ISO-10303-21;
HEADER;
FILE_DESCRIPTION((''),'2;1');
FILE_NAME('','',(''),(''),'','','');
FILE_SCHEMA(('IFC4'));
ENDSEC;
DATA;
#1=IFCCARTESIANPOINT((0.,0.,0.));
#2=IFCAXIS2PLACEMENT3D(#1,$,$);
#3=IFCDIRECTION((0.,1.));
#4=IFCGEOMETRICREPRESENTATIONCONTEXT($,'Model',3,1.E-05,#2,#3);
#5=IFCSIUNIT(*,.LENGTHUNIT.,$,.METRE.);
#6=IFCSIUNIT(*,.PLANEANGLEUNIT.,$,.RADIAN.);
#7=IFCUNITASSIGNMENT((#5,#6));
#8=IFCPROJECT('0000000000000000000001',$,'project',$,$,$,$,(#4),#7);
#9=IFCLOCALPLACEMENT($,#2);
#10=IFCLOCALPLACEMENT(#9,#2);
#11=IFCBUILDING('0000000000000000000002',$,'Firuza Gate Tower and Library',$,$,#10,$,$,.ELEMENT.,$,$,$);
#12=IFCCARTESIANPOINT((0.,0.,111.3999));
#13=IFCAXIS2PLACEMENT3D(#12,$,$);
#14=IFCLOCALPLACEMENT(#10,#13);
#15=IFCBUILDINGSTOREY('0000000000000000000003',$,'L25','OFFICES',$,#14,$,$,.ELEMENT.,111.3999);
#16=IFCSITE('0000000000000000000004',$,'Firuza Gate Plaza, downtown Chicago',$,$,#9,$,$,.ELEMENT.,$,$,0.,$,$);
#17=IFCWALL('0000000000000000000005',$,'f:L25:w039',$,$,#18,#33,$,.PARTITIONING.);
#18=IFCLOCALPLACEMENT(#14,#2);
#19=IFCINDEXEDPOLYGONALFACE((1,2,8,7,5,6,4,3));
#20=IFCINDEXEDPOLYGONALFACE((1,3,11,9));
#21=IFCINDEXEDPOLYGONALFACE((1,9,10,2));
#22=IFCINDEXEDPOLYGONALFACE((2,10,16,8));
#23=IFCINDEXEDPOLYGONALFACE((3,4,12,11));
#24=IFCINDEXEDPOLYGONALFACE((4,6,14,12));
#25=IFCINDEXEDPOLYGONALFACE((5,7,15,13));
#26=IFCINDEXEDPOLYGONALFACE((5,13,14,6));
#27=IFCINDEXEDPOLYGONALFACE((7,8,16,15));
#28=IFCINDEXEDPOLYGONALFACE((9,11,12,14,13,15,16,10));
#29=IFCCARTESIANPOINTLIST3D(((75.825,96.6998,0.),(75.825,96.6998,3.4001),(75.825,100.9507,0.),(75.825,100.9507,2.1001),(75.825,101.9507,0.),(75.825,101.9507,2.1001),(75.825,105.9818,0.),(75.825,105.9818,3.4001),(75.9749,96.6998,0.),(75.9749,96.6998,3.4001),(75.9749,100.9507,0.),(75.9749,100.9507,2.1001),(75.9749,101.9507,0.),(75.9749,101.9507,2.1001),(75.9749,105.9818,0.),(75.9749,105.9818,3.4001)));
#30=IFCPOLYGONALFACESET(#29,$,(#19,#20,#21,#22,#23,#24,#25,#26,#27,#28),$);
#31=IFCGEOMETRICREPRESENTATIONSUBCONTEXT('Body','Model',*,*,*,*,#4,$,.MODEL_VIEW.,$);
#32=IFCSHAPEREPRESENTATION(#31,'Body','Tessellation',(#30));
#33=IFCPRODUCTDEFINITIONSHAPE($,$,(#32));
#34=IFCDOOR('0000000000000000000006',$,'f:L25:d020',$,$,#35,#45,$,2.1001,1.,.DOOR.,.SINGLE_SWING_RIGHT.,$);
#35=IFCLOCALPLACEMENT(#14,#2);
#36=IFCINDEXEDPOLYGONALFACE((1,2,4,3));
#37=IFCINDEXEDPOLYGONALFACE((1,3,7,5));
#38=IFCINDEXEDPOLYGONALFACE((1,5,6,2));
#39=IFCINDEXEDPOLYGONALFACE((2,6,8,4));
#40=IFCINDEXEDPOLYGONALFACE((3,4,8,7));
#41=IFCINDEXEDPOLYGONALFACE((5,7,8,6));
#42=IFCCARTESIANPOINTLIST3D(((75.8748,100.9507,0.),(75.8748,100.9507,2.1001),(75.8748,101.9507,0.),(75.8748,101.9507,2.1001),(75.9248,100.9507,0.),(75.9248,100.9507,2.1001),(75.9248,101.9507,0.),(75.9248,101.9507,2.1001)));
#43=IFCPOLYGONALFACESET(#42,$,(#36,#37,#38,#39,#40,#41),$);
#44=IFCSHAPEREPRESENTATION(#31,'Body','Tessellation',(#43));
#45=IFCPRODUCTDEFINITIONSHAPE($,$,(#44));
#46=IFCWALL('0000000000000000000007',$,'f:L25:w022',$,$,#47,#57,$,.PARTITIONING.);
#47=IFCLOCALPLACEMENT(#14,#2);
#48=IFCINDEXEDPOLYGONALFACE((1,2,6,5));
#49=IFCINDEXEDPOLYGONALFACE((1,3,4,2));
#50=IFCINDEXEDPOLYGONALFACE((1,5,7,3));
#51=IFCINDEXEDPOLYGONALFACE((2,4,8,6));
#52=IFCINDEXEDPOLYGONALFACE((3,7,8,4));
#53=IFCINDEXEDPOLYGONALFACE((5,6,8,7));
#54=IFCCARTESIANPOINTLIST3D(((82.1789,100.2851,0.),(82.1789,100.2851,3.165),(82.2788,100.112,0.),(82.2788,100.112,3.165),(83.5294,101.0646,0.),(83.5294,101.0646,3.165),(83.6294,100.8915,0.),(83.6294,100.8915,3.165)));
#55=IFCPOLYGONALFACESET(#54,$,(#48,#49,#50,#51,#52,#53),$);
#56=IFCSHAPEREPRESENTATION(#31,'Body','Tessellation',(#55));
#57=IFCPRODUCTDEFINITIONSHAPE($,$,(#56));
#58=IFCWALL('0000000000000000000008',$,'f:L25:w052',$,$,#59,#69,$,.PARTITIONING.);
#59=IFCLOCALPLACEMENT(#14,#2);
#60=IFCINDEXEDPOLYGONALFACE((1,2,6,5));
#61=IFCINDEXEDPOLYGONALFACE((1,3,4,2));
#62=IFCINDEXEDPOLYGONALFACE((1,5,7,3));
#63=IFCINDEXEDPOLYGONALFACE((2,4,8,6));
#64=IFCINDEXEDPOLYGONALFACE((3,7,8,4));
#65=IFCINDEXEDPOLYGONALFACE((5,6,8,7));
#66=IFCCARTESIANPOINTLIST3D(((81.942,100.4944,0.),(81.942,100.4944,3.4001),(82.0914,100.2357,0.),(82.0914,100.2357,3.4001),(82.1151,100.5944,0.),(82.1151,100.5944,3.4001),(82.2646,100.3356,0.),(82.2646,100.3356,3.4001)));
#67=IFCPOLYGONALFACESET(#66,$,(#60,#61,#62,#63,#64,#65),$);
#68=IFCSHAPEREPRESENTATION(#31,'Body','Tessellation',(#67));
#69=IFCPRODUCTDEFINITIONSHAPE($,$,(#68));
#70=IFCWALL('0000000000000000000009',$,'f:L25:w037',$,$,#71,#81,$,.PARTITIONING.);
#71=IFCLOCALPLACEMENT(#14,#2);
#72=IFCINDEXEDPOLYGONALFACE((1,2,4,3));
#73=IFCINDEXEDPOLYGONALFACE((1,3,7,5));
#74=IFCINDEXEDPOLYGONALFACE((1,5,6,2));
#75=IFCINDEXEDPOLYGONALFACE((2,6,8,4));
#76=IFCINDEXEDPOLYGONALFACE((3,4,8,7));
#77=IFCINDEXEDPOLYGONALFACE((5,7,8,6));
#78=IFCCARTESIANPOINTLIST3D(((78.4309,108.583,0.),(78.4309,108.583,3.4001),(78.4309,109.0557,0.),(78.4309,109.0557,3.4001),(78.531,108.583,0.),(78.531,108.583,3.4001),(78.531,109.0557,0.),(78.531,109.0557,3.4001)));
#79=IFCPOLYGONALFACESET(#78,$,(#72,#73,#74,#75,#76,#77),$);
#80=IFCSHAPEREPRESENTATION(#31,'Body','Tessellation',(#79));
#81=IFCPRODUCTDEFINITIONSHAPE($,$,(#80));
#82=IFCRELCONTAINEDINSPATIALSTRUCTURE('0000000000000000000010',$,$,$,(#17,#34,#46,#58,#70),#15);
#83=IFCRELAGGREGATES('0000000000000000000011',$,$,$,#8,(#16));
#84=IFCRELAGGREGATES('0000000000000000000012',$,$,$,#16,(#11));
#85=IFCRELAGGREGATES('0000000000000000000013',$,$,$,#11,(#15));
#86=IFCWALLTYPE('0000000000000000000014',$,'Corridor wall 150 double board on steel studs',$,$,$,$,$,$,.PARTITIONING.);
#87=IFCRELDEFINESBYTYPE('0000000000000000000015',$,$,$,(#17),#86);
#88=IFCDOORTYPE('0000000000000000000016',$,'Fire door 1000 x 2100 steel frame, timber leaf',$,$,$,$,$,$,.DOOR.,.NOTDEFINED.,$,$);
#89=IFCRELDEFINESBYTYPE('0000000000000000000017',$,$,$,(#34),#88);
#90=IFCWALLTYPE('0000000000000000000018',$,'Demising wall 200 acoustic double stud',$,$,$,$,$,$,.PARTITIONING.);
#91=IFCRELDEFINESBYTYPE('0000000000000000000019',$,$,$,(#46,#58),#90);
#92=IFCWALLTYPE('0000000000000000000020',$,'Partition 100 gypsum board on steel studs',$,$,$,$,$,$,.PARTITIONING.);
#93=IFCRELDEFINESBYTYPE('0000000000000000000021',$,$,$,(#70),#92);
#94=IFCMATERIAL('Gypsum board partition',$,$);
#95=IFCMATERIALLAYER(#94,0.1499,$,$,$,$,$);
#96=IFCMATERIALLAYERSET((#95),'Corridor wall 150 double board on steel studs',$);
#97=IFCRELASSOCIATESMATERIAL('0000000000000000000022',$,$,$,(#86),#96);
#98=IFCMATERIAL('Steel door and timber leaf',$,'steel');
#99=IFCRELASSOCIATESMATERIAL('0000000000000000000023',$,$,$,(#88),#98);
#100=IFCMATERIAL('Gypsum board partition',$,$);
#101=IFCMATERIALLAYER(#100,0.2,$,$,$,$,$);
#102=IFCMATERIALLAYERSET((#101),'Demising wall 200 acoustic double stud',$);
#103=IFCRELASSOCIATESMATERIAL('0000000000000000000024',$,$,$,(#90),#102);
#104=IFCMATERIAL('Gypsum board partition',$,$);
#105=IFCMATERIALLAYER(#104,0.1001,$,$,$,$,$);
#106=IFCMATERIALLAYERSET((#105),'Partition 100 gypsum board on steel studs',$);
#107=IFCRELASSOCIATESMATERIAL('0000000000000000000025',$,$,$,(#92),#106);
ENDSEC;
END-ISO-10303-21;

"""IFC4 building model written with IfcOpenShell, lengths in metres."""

from ifc_helpers import new_model, si_unit, direction, frame, frame_2d, origin, place, context, subcontext, project, spatial, rectangle, extrude, material, layer, layer_set, type_object, element, fill, save


model = new_model("IFC4")

# Units and contexts
model_context = context("Model", 3, precision=1e-05, world=origin(), true_north=direction((0.0, 1.0)))
body_context = subcontext(model_context, "Body", "Model", "MODEL_VIEW")
ifc_project = project(units=[si_unit("LENGTHUNIT", "METRE"), si_unit("PLANEANGLEUNIT", "RADIAN")], contexts=[model_context])

# Site, building, storey
site_placement = place(None, origin())
site = spatial("IfcSite", under=ifc_project, at=site_placement, Name="Firuza Gate Plaza, downtown Chicago", CompositionType="ELEMENT", RefElevation=0.0)
building_placement = place(site_placement, origin())
building = spatial("IfcBuilding", under=site, at=building_placement, Name="Firuza Gate Tower and Library", CompositionType="ELEMENT")
storey_placement = place(building_placement, frame((0.0, 0.0, 111.3999)))
storey = spatial("IfcBuildingStorey", under=building, at=storey_placement, Name="L25", Description="OFFICES", CompositionType="ELEMENT", Elevation=111.3999)

# Wall, opening, door
ifc_material_1 = material(Name="Gypsum board partition")
ifc_layer_1 = layer(ifc_material_1, 0.1499)
ifc_layer_set_1 = layer_set([ifc_layer_1], Name="Corridor wall 150 double board on steel studs")
wall_type_1 = type_object("IfcWallType", Name="Corridor wall 150 double board on steel studs", PredefinedType="PARTITIONING", material=ifc_layer_set_1)
wall_1_placement = place(storey_placement, frame((75.8999, 105.9819, 0.0), z_axis=(0.0, 0.0, 1.0), x_axis=(0.0, -1.0, 0.0)))
wall_1 = element("IfcWall", 1, at=wall_1_placement, inside=storey, type_object=wall_type_1, Name="f:L25:w039", PredefinedType="PARTITIONING", context=body_context, shape_type="SweptSolid", body=[
    extrude(rectangle(XDim=9.282, YDim=0.1499, at=frame_2d((4.6411, 0.0))), origin(), (0.0, 0.0, 1.0), 3.4001),
])
opening_placement = place(wall_1_placement, frame((4.0312, 0.0, 0.0)))
opening = element("IfcOpeningElement", 2, at=opening_placement, cuts=wall_1, PredefinedType="OPENING", context=body_context, shape_type="SweptSolid", body=[
    extrude(rectangle(XDim=1.0, YDim=2.1001, at=frame_2d((0.5, 1.05))), frame((0.0, 0.085, 0.0), z_axis=(0.0, -1.0, 0.0), x_axis=(1.0, 0.0, 0.0)), (0.0, 0.0, 1.0), 0.1699),
])
ifc_material_2 = material(Name="Steel door and timber leaf", Category="steel")
door_type = type_object("IfcDoorType", Name="Fire door 1000 x 2100 steel frame, timber leaf", OperationType="NOTDEFINED", PredefinedType="DOOR", material=ifc_material_2)
door_placement = place(opening_placement, origin())
door = element("IfcDoor", 3, at=door_placement, inside=storey, type_object=door_type, Name="f:L25:d020", OperationType="SINGLE_SWING_RIGHT", OverallHeight=2.1001, OverallWidth=1.0, PredefinedType="DOOR", context=body_context, shape_type="SweptSolid", body=[
    extrude(rectangle(XDim=1.0, YDim=2.1001, at=frame_2d((0.5, 1.05))), frame((0.0, 0.0249, 0.0), z_axis=(0.0, -1.0, 0.0), x_axis=(1.0, 0.0, 0.0)), (0.0, 0.0, 1.0), 0.05),
])
fill(opening, door)

# Walls
ifc_material_3 = material(Name="Gypsum board partition")
ifc_layer_2 = layer(ifc_material_3, 0.2)
ifc_layer_set_2 = layer_set([ifc_layer_2], Name="Demising wall 200 acoustic double stud")
wall_type_2 = type_object("IfcWallType", Name="Demising wall 200 acoustic double stud", PredefinedType="PARTITIONING", material=ifc_layer_set_2)
wall_2_placement = place(storey_placement, frame((82.2288, 100.1985, 0.0), z_axis=(0.0, 0.0, 1.0), x_axis=(0.866087, 0.499894, 0.0)))
element("IfcWall", 4, at=wall_2_placement, inside=storey, type_object=wall_type_2, Name="f:L25:w022", PredefinedType="PARTITIONING", context=body_context, shape_type="SweptSolid", body=[
    extrude(rectangle(XDim=1.5593, YDim=0.2, at=frame_2d((0.7798, 0.0))), origin(), (0.0, 0.0, 1.0), 3.165),
])
wall_3_placement = place(storey_placement, frame((82.178, 100.2856, 0.0), z_axis=(0.0, 0.0, 1.0), x_axis=(-0.500005, 0.866022, 0.0)))
element("IfcWall", 5, at=wall_3_placement, inside=storey, type_object=wall_type_2, Name="f:L25:w052", PredefinedType="PARTITIONING", context=body_context, shape_type="SweptSolid", body=[
    extrude(rectangle(XDim=0.2988, YDim=0.2, at=frame_2d((0.1494, 0.0))), origin(), (0.0, 0.0, 1.0), 3.4001),
])
ifc_material_4 = material(Name="Gypsum board partition")
ifc_layer_3 = layer(ifc_material_4, 0.1001)
ifc_layer_set_3 = layer_set([ifc_layer_3], Name="Partition 100 gypsum board on steel studs")
wall_type_3 = type_object("IfcWallType", Name="Partition 100 gypsum board on steel studs", PredefinedType="PARTITIONING", material=ifc_layer_set_3)
wall_4_placement = place(storey_placement, frame((78.481, 108.583, 0.0), z_axis=(0.0, 0.0, 1.0), x_axis=(0.0, 1.0, 0.0)))
element("IfcWall", 6, at=wall_4_placement, inside=storey, type_object=wall_type_3, Name="f:L25:w037", PredefinedType="PARTITIONING", context=body_context, shape_type="SweptSolid", body=[
    extrude(rectangle(XDim=0.4727, YDim=0.1001, at=frame_2d((0.2363, 0.0))), origin(), (0.0, 0.0, 1.0), 3.4001),
])

save(model, "model.ifc")
